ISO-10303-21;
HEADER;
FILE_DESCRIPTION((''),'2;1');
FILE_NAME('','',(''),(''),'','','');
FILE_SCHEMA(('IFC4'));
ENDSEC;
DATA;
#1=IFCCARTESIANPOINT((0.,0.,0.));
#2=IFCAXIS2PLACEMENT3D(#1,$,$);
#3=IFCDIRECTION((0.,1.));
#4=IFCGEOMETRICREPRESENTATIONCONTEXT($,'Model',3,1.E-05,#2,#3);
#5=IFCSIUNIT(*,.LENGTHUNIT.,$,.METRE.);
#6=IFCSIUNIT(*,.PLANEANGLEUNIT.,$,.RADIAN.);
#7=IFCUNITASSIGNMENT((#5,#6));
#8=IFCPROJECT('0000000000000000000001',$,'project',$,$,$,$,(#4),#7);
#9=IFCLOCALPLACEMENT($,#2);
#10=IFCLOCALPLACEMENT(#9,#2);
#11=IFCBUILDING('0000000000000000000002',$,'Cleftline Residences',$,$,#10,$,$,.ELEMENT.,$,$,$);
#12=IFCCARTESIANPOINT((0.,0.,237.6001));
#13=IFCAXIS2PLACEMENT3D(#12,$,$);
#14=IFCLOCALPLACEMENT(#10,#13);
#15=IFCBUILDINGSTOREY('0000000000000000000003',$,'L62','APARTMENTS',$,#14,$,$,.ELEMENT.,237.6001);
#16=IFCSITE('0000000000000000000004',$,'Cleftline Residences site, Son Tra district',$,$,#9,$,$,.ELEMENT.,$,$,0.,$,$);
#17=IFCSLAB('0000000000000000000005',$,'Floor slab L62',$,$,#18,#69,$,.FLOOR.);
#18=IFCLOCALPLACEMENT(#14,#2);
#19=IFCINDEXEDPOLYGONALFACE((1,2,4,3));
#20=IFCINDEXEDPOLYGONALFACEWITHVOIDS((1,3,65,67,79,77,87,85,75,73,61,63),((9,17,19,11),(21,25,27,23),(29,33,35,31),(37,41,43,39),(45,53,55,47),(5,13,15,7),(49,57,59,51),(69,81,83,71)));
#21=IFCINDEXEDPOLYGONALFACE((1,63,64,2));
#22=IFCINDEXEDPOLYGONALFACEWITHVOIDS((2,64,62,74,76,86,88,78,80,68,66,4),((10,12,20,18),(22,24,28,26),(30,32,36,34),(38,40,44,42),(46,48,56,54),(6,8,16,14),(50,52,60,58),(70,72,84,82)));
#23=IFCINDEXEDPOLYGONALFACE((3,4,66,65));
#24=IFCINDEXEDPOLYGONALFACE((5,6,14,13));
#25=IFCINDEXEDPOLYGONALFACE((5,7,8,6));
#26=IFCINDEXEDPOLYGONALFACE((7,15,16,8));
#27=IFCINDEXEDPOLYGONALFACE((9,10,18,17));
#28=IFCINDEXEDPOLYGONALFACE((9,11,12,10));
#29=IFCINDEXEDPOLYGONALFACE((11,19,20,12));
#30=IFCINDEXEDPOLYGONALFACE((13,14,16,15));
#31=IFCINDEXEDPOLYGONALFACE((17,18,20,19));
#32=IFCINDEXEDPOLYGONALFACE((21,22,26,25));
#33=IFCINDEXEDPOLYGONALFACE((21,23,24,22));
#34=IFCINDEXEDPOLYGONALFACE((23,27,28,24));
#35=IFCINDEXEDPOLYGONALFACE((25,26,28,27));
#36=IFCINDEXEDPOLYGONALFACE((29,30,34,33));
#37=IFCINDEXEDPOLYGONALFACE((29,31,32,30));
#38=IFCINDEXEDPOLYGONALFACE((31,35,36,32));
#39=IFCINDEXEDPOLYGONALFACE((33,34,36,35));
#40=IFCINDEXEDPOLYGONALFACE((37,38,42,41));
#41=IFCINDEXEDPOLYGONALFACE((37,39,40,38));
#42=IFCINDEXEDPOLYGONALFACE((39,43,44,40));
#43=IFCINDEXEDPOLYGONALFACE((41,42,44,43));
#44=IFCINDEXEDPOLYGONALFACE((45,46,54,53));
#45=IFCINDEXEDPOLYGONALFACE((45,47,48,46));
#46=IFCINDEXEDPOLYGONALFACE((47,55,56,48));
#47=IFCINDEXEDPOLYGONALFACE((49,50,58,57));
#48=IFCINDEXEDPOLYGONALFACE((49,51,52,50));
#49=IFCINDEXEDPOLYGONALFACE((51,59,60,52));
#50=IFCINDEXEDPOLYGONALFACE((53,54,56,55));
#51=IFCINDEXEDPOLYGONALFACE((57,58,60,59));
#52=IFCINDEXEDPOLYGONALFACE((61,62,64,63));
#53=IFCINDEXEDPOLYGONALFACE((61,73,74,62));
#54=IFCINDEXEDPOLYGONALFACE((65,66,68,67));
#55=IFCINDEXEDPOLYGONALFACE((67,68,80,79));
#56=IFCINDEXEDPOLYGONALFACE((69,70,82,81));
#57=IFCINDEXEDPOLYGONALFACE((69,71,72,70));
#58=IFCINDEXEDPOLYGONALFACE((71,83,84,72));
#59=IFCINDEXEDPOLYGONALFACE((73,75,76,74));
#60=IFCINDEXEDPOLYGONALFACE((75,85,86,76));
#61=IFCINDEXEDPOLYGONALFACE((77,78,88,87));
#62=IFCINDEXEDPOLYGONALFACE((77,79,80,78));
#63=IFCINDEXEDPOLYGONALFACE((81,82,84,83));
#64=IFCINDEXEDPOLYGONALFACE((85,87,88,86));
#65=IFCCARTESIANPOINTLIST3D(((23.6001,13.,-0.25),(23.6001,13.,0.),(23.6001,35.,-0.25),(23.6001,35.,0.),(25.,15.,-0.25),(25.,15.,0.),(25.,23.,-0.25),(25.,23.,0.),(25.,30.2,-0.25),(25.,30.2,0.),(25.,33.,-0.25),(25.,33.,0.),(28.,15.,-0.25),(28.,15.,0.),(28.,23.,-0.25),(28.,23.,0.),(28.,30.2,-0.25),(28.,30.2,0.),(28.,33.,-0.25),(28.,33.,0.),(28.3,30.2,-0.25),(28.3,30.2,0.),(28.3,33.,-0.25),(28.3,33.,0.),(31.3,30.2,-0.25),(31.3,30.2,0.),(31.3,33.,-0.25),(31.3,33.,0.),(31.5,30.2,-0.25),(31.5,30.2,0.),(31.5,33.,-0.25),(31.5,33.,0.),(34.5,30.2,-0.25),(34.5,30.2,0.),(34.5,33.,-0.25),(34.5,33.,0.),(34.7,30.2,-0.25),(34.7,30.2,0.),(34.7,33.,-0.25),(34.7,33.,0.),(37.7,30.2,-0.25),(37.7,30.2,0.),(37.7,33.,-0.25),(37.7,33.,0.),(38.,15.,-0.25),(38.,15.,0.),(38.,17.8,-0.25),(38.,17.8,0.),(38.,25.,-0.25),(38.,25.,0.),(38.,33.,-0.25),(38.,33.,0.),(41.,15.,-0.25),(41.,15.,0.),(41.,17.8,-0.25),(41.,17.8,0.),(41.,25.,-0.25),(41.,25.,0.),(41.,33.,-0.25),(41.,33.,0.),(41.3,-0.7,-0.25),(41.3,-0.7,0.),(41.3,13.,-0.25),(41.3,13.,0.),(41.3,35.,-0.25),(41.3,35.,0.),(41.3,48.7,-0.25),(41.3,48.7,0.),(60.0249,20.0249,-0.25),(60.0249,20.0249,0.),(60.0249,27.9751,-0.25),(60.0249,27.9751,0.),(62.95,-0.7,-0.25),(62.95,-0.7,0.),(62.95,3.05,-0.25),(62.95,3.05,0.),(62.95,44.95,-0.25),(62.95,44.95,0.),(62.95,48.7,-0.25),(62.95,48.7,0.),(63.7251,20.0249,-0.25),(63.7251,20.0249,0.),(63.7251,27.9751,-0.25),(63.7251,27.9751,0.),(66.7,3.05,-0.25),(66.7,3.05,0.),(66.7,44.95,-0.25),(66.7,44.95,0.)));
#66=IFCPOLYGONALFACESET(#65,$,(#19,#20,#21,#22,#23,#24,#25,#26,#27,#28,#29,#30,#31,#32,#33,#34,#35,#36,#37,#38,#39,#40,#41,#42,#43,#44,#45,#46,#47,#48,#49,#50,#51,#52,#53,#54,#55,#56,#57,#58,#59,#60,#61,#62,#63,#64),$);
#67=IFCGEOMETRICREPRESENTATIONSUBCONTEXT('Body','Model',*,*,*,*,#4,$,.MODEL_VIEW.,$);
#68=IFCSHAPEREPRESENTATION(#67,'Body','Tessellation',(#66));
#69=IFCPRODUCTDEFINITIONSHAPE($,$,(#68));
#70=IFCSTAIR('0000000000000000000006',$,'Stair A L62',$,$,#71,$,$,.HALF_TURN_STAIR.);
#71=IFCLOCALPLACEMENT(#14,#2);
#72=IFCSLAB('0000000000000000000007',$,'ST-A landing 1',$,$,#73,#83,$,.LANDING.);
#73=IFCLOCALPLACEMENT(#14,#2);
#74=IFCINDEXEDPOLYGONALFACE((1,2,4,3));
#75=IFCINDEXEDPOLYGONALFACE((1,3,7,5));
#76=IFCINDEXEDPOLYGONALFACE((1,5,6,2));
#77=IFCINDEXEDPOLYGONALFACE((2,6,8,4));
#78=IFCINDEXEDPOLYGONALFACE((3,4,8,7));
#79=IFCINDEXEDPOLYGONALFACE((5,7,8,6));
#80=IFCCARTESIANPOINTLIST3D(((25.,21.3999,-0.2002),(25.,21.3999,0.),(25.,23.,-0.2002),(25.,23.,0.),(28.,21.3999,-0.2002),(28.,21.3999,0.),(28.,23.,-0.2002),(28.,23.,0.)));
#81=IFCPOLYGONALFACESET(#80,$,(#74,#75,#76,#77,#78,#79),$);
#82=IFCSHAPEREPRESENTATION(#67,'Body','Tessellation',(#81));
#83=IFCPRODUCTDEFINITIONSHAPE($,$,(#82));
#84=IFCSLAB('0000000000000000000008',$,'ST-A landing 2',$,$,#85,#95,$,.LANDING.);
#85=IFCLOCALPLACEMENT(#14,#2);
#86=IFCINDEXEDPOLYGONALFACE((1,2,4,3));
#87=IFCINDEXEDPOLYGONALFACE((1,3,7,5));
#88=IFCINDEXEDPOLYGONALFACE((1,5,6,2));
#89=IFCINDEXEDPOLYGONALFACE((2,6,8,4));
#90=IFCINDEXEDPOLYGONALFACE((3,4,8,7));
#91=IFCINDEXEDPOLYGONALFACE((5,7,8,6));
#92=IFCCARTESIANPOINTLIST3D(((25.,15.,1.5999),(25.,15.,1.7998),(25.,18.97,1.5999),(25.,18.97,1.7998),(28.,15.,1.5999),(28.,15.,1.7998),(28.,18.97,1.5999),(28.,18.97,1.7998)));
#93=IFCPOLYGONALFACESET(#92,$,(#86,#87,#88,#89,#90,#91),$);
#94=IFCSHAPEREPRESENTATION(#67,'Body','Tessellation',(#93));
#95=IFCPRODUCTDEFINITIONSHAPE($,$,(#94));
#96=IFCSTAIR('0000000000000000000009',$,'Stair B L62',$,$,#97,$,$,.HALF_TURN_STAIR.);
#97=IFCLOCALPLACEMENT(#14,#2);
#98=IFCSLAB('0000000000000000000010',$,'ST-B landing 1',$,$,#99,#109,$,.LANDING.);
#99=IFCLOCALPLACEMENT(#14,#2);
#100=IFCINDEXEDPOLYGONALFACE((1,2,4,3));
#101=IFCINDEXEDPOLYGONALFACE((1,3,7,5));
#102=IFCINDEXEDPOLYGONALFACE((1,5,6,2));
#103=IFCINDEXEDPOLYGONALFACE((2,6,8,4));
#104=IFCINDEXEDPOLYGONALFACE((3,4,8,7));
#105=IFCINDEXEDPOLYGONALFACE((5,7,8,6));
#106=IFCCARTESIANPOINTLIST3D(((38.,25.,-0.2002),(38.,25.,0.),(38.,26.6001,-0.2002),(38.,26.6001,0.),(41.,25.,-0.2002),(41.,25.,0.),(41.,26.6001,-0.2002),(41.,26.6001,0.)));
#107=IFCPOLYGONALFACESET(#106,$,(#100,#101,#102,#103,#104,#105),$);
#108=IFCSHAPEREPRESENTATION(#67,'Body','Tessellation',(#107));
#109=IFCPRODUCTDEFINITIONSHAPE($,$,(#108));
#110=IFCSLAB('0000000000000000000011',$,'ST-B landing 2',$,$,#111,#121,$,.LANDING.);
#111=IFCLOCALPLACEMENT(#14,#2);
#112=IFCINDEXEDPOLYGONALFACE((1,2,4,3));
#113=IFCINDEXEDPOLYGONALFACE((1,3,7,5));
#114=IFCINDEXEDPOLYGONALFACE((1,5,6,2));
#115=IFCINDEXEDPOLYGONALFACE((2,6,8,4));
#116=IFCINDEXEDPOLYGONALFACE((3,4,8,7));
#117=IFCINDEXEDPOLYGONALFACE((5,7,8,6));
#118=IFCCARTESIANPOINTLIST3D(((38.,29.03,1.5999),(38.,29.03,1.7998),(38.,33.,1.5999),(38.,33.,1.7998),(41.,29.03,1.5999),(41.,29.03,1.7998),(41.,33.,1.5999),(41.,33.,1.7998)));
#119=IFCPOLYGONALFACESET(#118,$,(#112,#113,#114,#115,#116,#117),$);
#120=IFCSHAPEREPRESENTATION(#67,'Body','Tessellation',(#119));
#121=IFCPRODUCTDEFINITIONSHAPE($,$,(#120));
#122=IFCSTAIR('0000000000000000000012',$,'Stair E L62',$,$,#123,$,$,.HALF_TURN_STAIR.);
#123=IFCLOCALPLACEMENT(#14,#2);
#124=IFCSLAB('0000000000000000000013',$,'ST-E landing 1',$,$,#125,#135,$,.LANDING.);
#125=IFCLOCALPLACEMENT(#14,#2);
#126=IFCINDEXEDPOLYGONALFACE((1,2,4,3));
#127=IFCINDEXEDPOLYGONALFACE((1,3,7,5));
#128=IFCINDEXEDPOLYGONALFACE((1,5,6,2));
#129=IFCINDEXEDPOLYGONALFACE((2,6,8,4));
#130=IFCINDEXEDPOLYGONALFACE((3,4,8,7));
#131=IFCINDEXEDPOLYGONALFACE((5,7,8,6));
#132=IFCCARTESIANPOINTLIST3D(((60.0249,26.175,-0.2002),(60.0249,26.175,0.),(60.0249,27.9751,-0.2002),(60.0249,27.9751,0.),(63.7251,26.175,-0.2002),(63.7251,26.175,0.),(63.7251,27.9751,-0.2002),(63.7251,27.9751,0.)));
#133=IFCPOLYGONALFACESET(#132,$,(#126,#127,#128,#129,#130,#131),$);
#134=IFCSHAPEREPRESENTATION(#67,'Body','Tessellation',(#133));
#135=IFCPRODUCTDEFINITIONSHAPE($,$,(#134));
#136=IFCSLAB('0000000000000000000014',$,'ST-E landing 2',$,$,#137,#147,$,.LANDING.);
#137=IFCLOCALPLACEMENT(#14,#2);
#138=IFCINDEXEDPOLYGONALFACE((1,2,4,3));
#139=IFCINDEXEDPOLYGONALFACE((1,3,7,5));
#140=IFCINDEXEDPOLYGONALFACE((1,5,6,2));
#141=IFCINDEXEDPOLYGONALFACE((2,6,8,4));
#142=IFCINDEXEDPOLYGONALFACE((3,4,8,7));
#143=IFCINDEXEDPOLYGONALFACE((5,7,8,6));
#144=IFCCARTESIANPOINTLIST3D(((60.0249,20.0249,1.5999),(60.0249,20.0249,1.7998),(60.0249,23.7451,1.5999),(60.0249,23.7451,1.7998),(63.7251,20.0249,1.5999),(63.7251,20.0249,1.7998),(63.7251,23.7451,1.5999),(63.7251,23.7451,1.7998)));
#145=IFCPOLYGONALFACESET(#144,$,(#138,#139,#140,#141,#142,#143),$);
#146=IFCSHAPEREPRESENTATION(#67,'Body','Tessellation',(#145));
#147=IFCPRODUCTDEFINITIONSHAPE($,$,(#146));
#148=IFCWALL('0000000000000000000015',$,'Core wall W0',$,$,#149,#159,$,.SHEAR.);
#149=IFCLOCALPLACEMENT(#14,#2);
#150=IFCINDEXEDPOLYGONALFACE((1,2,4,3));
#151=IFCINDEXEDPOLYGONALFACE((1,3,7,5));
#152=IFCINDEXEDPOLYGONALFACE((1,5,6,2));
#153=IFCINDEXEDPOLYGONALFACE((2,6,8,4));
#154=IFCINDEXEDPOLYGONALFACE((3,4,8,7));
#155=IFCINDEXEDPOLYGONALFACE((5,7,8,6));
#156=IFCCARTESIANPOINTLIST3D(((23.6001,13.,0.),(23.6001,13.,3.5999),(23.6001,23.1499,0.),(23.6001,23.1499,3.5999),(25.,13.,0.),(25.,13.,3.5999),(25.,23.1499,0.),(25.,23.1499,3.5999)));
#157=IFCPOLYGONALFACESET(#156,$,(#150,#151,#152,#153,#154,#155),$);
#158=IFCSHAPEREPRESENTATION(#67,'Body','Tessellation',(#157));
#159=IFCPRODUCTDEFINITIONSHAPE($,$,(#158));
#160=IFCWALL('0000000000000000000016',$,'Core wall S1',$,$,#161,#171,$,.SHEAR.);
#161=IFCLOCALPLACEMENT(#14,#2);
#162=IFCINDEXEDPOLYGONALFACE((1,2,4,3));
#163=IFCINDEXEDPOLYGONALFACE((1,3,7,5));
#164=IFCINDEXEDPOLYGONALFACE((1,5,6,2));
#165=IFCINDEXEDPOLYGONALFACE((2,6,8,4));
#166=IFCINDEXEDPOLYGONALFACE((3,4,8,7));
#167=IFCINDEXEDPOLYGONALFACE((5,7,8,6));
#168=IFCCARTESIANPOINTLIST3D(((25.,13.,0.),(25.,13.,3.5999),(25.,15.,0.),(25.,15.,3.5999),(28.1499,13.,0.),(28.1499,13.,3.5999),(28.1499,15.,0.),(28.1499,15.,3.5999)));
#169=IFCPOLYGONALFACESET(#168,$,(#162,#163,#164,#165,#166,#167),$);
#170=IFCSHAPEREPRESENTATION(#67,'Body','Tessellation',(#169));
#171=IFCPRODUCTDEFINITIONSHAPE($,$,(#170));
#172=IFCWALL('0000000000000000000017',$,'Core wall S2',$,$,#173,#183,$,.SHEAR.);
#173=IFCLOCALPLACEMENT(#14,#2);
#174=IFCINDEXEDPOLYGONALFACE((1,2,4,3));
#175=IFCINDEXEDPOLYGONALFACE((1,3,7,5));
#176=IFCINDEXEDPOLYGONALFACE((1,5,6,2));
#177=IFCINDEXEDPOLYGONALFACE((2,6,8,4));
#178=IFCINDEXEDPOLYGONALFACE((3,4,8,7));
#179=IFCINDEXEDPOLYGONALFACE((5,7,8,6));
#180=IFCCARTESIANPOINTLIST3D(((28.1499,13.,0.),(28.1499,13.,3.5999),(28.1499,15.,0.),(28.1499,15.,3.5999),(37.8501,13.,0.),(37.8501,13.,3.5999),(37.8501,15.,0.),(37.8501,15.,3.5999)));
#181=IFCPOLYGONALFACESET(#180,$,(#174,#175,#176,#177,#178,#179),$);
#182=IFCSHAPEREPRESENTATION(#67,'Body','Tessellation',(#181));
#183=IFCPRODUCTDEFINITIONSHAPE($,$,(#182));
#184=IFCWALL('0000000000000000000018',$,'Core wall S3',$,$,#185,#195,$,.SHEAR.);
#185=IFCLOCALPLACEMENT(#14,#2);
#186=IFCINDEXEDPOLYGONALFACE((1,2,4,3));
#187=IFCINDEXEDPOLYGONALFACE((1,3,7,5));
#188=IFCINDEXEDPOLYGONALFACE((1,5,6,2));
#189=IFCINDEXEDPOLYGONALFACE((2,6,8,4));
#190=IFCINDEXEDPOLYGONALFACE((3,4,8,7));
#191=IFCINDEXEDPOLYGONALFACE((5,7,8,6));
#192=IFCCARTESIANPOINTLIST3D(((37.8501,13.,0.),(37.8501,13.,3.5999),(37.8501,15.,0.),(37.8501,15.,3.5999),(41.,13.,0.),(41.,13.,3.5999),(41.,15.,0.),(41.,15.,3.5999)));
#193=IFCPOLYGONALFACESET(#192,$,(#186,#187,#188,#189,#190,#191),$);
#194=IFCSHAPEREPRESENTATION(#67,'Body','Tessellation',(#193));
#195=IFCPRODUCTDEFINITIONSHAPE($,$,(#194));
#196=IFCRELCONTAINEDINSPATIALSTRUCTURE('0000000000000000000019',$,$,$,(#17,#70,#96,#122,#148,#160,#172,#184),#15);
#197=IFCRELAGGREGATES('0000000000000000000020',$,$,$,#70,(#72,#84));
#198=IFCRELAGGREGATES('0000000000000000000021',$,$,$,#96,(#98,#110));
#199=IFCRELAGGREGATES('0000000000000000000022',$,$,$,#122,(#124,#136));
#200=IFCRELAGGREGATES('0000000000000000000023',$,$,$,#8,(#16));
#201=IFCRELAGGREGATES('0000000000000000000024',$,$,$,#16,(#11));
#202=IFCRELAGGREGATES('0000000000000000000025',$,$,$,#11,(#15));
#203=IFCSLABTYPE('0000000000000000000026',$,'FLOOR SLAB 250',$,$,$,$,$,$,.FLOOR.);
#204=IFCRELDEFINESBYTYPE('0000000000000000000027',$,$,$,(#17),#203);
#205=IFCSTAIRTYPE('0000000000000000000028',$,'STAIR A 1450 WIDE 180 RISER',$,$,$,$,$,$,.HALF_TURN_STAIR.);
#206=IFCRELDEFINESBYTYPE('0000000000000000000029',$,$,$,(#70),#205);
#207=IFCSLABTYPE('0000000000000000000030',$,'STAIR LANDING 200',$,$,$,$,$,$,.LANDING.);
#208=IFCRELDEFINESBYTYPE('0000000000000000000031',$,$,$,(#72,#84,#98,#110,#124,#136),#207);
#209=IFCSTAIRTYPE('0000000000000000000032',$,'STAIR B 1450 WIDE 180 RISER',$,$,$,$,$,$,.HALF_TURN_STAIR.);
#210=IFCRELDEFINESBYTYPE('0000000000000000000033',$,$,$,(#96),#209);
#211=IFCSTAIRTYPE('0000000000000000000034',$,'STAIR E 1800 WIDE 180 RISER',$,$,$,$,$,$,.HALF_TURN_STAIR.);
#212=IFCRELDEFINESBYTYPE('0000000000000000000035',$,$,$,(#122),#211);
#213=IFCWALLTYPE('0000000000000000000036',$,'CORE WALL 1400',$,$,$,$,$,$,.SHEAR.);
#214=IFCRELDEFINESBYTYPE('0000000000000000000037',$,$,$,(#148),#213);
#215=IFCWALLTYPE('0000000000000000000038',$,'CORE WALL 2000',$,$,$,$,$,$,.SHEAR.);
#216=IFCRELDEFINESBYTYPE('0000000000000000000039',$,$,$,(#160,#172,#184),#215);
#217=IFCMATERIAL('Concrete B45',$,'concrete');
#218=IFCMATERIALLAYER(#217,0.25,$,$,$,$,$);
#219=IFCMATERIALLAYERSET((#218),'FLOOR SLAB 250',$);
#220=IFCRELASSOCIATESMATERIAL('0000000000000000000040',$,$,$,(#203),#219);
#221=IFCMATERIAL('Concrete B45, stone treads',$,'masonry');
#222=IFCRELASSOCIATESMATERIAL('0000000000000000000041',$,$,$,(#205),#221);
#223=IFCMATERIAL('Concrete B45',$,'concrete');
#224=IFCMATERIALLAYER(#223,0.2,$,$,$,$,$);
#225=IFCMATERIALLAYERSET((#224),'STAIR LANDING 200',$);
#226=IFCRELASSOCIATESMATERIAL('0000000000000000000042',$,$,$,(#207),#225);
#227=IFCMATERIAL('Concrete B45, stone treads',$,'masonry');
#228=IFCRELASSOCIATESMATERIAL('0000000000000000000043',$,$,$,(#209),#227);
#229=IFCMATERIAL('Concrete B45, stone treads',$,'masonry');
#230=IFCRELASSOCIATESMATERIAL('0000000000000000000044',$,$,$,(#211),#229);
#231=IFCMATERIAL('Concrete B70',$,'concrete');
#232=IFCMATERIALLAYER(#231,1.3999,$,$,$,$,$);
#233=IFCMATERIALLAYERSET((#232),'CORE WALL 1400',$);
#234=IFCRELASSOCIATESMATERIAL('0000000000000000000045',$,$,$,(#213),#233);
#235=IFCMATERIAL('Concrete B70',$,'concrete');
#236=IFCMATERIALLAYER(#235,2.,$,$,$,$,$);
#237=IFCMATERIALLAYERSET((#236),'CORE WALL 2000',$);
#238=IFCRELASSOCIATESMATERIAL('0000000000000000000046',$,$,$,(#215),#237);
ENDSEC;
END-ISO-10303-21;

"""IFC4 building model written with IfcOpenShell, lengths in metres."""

from ifc_helpers import new_model, si_unit, direction, frame, frame_2d, origin, place, context, subcontext, project, spatial, polyline, rectangle, outline, extrude, material, layer, layer_set, type_object, element, aggregate, save


model = new_model("IFC4")

# Units and contexts
model_context = context("Model", 3, precision=1e-05, world=origin(), true_north=direction((0.0, 1.0)))
body_context = subcontext(model_context, "Body", "Model", "MODEL_VIEW")
ifc_project = project(units=[si_unit("LENGTHUNIT", "METRE"), si_unit("PLANEANGLEUNIT", "RADIAN")], contexts=[model_context])

# Site, building, storey
site_placement = place(None, origin())
site = spatial("IfcSite", under=ifc_project, at=site_placement, Name="Cleftline Residences site, Son Tra district", CompositionType="ELEMENT", RefElevation=0.0)
building_placement = place(site_placement, origin())
building = spatial("IfcBuilding", under=site, at=building_placement, Name="Cleftline Residences", CompositionType="ELEMENT")
storey_placement = place(building_placement, frame((0.0, 0.0, 237.6001)))
storey = spatial("IfcBuildingStorey", under=building, at=storey_placement, Name="L62", Description="APARTMENTS", CompositionType="ELEMENT", Elevation=237.6001)

# Slab
ifc_material_1 = material(Name="Concrete B45", Category="concrete")
ifc_layer_1 = layer(ifc_material_1, 0.25)
ifc_layer_set_1 = layer_set([ifc_layer_1], Name="FLOOR SLAB 250")
slab_type_1 = type_object("IfcSlabType", Name="FLOOR SLAB 250", PredefinedType="FLOOR", material=ifc_layer_set_1)
slab_1_placement = place(storey_placement, frame((0.0, 0.0, -0.25)))
element("IfcSlab", 1, at=slab_1_placement, inside=storey, type_object=slab_type_1, Name="Floor slab L62", PredefinedType="FLOOR", context=body_context, shape_type="SweptSolid", body=[
    extrude(outline(polyline([(41.3, 13.0), (41.3, -0.7), (62.95, -0.7), (62.95, 3.05), (66.7, 3.05), (66.7, 44.95), (62.95, 44.95), (62.95, 48.7), (41.3, 48.7), (41.3, 35.0), (23.6001, 35.0), (23.6001, 13.0), (41.3, 13.0)]), holes=[polyline([(28.0, 15.0), (28.0, 23.0), (25.0, 23.0), (25.0, 15.0), (28.0, 15.0)]), polyline([(41.0, 25.0), (41.0, 33.0), (38.0, 33.0), (38.0, 25.0), (41.0, 25.0)]), polyline([(28.0, 30.2), (28.0, 33.0), (25.0, 33.0), (25.0, 30.2), (28.0, 30.2)]), polyline([(41.0, 15.0), (41.0, 17.8), (38.0, 17.8), (38.0, 15.0), (41.0, 15.0)]), polyline([(31.3, 30.2), (31.3, 33.0), (28.3, 33.0), (28.3, 30.2), (31.3, 30.2)]), polyline([(34.5, 30.2), (34.5, 33.0), (31.5, 33.0), (31.5, 30.2), (34.5, 30.2)]), polyline([(37.7, 30.2), (37.7, 33.0), (34.7, 33.0), (34.7, 30.2), (37.7, 30.2)]), polyline([(63.7251, 20.0249), (63.7251, 27.9751), (60.0249, 27.9751), (60.0249, 20.0249), (63.7251, 20.0249)])]), origin(), (0.0, 0.0, 1.0), 0.25),
])

# Stairs, slabs
ifc_material_2 = material(Name="Concrete B45, stone treads", Category="masonry")
stair_type_1 = type_object("IfcStairType", Name="STAIR A 1450 WIDE 180 RISER", PredefinedType="HALF_TURN_STAIR", material=ifc_material_2)
stair_1_placement = place(storey_placement, origin())
stair_1 = element("IfcStair", 2, at=stair_1_placement, inside=storey, type_object=stair_type_1, Name="Stair A L62", PredefinedType="HALF_TURN_STAIR")
ifc_material_3 = material(Name="Concrete B45", Category="concrete")
ifc_layer_2 = layer(ifc_material_3, 0.2)
ifc_layer_set_2 = layer_set([ifc_layer_2], Name="STAIR LANDING 200")
slab_type_2 = type_object("IfcSlabType", Name="STAIR LANDING 200", PredefinedType="LANDING", material=ifc_layer_set_2)
slab_2_placement = place(storey_placement, frame((0.0, 0.0, -0.2002)))
slab_2 = element("IfcSlab", 3, at=slab_2_placement, type_object=slab_type_2, Name="ST-A landing 1", PredefinedType="LANDING", context=body_context, shape_type="SweptSolid", body=[
    extrude(outline(polyline([(25.0, 21.3999), (28.0, 21.3999), (28.0, 23.0), (25.0, 23.0), (25.0, 21.3999)])), origin(), (0.0, 0.0, 1.0), 0.2002),
])
slab_3_placement = place(storey_placement, frame((0.0, 0.0, 1.5999)))
slab_3 = element("IfcSlab", 4, at=slab_3_placement, type_object=slab_type_2, Name="ST-A landing 2", PredefinedType="LANDING", context=body_context, shape_type="SweptSolid", body=[
    extrude(outline(polyline([(25.0, 15.0), (28.0, 15.0), (28.0, 18.97), (25.0, 18.97), (25.0, 15.0)])), origin(), (0.0, 0.0, 1.0), 0.2),
])
aggregate(stair_1, [slab_2, slab_3])
ifc_material_4 = material(Name="Concrete B45, stone treads", Category="masonry")
stair_type_2 = type_object("IfcStairType", Name="STAIR B 1450 WIDE 180 RISER", PredefinedType="HALF_TURN_STAIR", material=ifc_material_4)
stair_2_placement = place(storey_placement, origin())
stair_2 = element("IfcStair", 5, at=stair_2_placement, inside=storey, type_object=stair_type_2, Name="Stair B L62", PredefinedType="HALF_TURN_STAIR")
slab_4_placement = place(storey_placement, frame((0.0, 0.0, -0.2002)))
slab_4 = element("IfcSlab", 6, at=slab_4_placement, type_object=slab_type_2, Name="ST-B landing 1", PredefinedType="LANDING", context=body_context, shape_type="SweptSolid", body=[
    extrude(outline(polyline([(38.0, 25.0), (41.0, 25.0), (41.0, 26.6001), (38.0, 26.6001), (38.0, 25.0)])), origin(), (0.0, 0.0, 1.0), 0.2002),
])
slab_5_placement = place(storey_placement, frame((0.0, 0.0, 1.5999)))
slab_5 = element("IfcSlab", 7, at=slab_5_placement, type_object=slab_type_2, Name="ST-B landing 2", PredefinedType="LANDING", context=body_context, shape_type="SweptSolid", body=[
    extrude(outline(polyline([(38.0, 29.03), (41.0, 29.03), (41.0, 33.0), (38.0, 33.0), (38.0, 29.03)])), origin(), (0.0, 0.0, 1.0), 0.2),
])
aggregate(stair_2, [slab_4, slab_5])
ifc_material_5 = material(Name="Concrete B45, stone treads", Category="masonry")
stair_type_3 = type_object("IfcStairType", Name="STAIR E 1800 WIDE 180 RISER", PredefinedType="HALF_TURN_STAIR", material=ifc_material_5)
stair_3_placement = place(storey_placement, origin())
stair_3 = element("IfcStair", 8, at=stair_3_placement, inside=storey, type_object=stair_type_3, Name="Stair E L62", PredefinedType="HALF_TURN_STAIR")
slab_6_placement = place(storey_placement, frame((0.0, 0.0, -0.2002)))
slab_6 = element("IfcSlab", 9, at=slab_6_placement, type_object=slab_type_2, Name="ST-E landing 1", PredefinedType="LANDING", context=body_context, shape_type="SweptSolid", body=[
    extrude(outline(polyline([(60.0249, 26.175), (63.7251, 26.175), (63.7251, 27.9751), (60.0249, 27.9751), (60.0249, 26.175)])), origin(), (0.0, 0.0, 1.0), 0.2002),
])
slab_7_placement = place(storey_placement, frame((0.0, 0.0, 1.5999)))
slab_7 = element("IfcSlab", 10, at=slab_7_placement, type_object=slab_type_2, Name="ST-E landing 2", PredefinedType="LANDING", context=body_context, shape_type="SweptSolid", body=[
    extrude(outline(polyline([(60.0249, 20.0249), (63.7251, 20.0249), (63.7251, 23.7451), (60.0249, 23.7451), (60.0249, 20.0249)])), origin(), (0.0, 0.0, 1.0), 0.2),
])
aggregate(stair_3, [slab_6, slab_7])

# Walls
ifc_material_6 = material(Name="Concrete B70", Category="concrete")
ifc_layer_3 = layer(ifc_material_6, 1.3999)
ifc_layer_set_3 = layer_set([ifc_layer_3], Name="CORE WALL 1400")
wall_type_1 = type_object("IfcWallType", Name="CORE WALL 1400", PredefinedType="SHEAR", material=ifc_layer_set_3)
wall_1_placement = place(storey_placement, frame((24.3, 13.0, 0.0), z_axis=(0.0, 0.0, 1.0), x_axis=(0.0, 1.0, 0.0)))
element("IfcWall", 11, at=wall_1_placement, inside=storey, type_object=wall_type_1, Name="Core wall W0", PredefinedType="SHEAR", context=body_context, shape_type="SweptSolid", body=[
    extrude(rectangle(XDim=10.1499, YDim=1.3999, at=frame_2d((5.075, 0.0))), origin(), (0.0, 0.0, 1.0), 3.5999),
])
ifc_material_7 = material(Name="Concrete B70", Category="concrete")
ifc_layer_4 = layer(ifc_material_7, 2.0)
ifc_layer_set_4 = layer_set([ifc_layer_4], Name="CORE WALL 2000")
wall_type_2 = type_object("IfcWallType", Name="CORE WALL 2000", PredefinedType="SHEAR", material=ifc_layer_set_4)
wall_2_placement = place(storey_placement, frame((25.0, 14.0, 0.0), z_axis=(0.0, 0.0, 1.0), x_axis=(1.0, 0.0, 0.0)))
element("IfcWall", 12, at=wall_2_placement, inside=storey, type_object=wall_type_2, Name="Core wall S1", PredefinedType="SHEAR", context=body_context, shape_type="SweptSolid", body=[
    extrude(rectangle(XDim=3.1499, YDim=2.0, at=frame_2d((1.575, 0.0))), origin(), (0.0, 0.0, 1.0), 3.5999),
])
wall_3_placement = place(storey_placement, frame((28.1499, 14.0, 0.0), z_axis=(0.0, 0.0, 1.0), x_axis=(1.0, 0.0, 0.0)))
element("IfcWall", 13, at=wall_3_placement, inside=storey, type_object=wall_type_2, Name="Core wall S2", PredefinedType="SHEAR", context=body_context, shape_type="SweptSolid", body=[
    extrude(rectangle(XDim=9.7002, YDim=2.0, at=frame_2d((4.8501, 0.0))), origin(), (0.0, 0.0, 1.0), 3.5999),
])
wall_4_placement = place(storey_placement, frame((37.8501, 14.0, 0.0), z_axis=(0.0, 0.0, 1.0), x_axis=(1.0, 0.0, 0.0)))
element("IfcWall", 14, at=wall_4_placement, inside=storey, type_object=wall_type_2, Name="Core wall S3", PredefinedType="SHEAR", context=body_context, shape_type="SweptSolid", body=[
    extrude(rectangle(XDim=3.1499, YDim=2.0, at=frame_2d((1.575, 0.0))), origin(), (0.0, 0.0, 1.0), 3.5999),
])

save(model, "model.ifc")
